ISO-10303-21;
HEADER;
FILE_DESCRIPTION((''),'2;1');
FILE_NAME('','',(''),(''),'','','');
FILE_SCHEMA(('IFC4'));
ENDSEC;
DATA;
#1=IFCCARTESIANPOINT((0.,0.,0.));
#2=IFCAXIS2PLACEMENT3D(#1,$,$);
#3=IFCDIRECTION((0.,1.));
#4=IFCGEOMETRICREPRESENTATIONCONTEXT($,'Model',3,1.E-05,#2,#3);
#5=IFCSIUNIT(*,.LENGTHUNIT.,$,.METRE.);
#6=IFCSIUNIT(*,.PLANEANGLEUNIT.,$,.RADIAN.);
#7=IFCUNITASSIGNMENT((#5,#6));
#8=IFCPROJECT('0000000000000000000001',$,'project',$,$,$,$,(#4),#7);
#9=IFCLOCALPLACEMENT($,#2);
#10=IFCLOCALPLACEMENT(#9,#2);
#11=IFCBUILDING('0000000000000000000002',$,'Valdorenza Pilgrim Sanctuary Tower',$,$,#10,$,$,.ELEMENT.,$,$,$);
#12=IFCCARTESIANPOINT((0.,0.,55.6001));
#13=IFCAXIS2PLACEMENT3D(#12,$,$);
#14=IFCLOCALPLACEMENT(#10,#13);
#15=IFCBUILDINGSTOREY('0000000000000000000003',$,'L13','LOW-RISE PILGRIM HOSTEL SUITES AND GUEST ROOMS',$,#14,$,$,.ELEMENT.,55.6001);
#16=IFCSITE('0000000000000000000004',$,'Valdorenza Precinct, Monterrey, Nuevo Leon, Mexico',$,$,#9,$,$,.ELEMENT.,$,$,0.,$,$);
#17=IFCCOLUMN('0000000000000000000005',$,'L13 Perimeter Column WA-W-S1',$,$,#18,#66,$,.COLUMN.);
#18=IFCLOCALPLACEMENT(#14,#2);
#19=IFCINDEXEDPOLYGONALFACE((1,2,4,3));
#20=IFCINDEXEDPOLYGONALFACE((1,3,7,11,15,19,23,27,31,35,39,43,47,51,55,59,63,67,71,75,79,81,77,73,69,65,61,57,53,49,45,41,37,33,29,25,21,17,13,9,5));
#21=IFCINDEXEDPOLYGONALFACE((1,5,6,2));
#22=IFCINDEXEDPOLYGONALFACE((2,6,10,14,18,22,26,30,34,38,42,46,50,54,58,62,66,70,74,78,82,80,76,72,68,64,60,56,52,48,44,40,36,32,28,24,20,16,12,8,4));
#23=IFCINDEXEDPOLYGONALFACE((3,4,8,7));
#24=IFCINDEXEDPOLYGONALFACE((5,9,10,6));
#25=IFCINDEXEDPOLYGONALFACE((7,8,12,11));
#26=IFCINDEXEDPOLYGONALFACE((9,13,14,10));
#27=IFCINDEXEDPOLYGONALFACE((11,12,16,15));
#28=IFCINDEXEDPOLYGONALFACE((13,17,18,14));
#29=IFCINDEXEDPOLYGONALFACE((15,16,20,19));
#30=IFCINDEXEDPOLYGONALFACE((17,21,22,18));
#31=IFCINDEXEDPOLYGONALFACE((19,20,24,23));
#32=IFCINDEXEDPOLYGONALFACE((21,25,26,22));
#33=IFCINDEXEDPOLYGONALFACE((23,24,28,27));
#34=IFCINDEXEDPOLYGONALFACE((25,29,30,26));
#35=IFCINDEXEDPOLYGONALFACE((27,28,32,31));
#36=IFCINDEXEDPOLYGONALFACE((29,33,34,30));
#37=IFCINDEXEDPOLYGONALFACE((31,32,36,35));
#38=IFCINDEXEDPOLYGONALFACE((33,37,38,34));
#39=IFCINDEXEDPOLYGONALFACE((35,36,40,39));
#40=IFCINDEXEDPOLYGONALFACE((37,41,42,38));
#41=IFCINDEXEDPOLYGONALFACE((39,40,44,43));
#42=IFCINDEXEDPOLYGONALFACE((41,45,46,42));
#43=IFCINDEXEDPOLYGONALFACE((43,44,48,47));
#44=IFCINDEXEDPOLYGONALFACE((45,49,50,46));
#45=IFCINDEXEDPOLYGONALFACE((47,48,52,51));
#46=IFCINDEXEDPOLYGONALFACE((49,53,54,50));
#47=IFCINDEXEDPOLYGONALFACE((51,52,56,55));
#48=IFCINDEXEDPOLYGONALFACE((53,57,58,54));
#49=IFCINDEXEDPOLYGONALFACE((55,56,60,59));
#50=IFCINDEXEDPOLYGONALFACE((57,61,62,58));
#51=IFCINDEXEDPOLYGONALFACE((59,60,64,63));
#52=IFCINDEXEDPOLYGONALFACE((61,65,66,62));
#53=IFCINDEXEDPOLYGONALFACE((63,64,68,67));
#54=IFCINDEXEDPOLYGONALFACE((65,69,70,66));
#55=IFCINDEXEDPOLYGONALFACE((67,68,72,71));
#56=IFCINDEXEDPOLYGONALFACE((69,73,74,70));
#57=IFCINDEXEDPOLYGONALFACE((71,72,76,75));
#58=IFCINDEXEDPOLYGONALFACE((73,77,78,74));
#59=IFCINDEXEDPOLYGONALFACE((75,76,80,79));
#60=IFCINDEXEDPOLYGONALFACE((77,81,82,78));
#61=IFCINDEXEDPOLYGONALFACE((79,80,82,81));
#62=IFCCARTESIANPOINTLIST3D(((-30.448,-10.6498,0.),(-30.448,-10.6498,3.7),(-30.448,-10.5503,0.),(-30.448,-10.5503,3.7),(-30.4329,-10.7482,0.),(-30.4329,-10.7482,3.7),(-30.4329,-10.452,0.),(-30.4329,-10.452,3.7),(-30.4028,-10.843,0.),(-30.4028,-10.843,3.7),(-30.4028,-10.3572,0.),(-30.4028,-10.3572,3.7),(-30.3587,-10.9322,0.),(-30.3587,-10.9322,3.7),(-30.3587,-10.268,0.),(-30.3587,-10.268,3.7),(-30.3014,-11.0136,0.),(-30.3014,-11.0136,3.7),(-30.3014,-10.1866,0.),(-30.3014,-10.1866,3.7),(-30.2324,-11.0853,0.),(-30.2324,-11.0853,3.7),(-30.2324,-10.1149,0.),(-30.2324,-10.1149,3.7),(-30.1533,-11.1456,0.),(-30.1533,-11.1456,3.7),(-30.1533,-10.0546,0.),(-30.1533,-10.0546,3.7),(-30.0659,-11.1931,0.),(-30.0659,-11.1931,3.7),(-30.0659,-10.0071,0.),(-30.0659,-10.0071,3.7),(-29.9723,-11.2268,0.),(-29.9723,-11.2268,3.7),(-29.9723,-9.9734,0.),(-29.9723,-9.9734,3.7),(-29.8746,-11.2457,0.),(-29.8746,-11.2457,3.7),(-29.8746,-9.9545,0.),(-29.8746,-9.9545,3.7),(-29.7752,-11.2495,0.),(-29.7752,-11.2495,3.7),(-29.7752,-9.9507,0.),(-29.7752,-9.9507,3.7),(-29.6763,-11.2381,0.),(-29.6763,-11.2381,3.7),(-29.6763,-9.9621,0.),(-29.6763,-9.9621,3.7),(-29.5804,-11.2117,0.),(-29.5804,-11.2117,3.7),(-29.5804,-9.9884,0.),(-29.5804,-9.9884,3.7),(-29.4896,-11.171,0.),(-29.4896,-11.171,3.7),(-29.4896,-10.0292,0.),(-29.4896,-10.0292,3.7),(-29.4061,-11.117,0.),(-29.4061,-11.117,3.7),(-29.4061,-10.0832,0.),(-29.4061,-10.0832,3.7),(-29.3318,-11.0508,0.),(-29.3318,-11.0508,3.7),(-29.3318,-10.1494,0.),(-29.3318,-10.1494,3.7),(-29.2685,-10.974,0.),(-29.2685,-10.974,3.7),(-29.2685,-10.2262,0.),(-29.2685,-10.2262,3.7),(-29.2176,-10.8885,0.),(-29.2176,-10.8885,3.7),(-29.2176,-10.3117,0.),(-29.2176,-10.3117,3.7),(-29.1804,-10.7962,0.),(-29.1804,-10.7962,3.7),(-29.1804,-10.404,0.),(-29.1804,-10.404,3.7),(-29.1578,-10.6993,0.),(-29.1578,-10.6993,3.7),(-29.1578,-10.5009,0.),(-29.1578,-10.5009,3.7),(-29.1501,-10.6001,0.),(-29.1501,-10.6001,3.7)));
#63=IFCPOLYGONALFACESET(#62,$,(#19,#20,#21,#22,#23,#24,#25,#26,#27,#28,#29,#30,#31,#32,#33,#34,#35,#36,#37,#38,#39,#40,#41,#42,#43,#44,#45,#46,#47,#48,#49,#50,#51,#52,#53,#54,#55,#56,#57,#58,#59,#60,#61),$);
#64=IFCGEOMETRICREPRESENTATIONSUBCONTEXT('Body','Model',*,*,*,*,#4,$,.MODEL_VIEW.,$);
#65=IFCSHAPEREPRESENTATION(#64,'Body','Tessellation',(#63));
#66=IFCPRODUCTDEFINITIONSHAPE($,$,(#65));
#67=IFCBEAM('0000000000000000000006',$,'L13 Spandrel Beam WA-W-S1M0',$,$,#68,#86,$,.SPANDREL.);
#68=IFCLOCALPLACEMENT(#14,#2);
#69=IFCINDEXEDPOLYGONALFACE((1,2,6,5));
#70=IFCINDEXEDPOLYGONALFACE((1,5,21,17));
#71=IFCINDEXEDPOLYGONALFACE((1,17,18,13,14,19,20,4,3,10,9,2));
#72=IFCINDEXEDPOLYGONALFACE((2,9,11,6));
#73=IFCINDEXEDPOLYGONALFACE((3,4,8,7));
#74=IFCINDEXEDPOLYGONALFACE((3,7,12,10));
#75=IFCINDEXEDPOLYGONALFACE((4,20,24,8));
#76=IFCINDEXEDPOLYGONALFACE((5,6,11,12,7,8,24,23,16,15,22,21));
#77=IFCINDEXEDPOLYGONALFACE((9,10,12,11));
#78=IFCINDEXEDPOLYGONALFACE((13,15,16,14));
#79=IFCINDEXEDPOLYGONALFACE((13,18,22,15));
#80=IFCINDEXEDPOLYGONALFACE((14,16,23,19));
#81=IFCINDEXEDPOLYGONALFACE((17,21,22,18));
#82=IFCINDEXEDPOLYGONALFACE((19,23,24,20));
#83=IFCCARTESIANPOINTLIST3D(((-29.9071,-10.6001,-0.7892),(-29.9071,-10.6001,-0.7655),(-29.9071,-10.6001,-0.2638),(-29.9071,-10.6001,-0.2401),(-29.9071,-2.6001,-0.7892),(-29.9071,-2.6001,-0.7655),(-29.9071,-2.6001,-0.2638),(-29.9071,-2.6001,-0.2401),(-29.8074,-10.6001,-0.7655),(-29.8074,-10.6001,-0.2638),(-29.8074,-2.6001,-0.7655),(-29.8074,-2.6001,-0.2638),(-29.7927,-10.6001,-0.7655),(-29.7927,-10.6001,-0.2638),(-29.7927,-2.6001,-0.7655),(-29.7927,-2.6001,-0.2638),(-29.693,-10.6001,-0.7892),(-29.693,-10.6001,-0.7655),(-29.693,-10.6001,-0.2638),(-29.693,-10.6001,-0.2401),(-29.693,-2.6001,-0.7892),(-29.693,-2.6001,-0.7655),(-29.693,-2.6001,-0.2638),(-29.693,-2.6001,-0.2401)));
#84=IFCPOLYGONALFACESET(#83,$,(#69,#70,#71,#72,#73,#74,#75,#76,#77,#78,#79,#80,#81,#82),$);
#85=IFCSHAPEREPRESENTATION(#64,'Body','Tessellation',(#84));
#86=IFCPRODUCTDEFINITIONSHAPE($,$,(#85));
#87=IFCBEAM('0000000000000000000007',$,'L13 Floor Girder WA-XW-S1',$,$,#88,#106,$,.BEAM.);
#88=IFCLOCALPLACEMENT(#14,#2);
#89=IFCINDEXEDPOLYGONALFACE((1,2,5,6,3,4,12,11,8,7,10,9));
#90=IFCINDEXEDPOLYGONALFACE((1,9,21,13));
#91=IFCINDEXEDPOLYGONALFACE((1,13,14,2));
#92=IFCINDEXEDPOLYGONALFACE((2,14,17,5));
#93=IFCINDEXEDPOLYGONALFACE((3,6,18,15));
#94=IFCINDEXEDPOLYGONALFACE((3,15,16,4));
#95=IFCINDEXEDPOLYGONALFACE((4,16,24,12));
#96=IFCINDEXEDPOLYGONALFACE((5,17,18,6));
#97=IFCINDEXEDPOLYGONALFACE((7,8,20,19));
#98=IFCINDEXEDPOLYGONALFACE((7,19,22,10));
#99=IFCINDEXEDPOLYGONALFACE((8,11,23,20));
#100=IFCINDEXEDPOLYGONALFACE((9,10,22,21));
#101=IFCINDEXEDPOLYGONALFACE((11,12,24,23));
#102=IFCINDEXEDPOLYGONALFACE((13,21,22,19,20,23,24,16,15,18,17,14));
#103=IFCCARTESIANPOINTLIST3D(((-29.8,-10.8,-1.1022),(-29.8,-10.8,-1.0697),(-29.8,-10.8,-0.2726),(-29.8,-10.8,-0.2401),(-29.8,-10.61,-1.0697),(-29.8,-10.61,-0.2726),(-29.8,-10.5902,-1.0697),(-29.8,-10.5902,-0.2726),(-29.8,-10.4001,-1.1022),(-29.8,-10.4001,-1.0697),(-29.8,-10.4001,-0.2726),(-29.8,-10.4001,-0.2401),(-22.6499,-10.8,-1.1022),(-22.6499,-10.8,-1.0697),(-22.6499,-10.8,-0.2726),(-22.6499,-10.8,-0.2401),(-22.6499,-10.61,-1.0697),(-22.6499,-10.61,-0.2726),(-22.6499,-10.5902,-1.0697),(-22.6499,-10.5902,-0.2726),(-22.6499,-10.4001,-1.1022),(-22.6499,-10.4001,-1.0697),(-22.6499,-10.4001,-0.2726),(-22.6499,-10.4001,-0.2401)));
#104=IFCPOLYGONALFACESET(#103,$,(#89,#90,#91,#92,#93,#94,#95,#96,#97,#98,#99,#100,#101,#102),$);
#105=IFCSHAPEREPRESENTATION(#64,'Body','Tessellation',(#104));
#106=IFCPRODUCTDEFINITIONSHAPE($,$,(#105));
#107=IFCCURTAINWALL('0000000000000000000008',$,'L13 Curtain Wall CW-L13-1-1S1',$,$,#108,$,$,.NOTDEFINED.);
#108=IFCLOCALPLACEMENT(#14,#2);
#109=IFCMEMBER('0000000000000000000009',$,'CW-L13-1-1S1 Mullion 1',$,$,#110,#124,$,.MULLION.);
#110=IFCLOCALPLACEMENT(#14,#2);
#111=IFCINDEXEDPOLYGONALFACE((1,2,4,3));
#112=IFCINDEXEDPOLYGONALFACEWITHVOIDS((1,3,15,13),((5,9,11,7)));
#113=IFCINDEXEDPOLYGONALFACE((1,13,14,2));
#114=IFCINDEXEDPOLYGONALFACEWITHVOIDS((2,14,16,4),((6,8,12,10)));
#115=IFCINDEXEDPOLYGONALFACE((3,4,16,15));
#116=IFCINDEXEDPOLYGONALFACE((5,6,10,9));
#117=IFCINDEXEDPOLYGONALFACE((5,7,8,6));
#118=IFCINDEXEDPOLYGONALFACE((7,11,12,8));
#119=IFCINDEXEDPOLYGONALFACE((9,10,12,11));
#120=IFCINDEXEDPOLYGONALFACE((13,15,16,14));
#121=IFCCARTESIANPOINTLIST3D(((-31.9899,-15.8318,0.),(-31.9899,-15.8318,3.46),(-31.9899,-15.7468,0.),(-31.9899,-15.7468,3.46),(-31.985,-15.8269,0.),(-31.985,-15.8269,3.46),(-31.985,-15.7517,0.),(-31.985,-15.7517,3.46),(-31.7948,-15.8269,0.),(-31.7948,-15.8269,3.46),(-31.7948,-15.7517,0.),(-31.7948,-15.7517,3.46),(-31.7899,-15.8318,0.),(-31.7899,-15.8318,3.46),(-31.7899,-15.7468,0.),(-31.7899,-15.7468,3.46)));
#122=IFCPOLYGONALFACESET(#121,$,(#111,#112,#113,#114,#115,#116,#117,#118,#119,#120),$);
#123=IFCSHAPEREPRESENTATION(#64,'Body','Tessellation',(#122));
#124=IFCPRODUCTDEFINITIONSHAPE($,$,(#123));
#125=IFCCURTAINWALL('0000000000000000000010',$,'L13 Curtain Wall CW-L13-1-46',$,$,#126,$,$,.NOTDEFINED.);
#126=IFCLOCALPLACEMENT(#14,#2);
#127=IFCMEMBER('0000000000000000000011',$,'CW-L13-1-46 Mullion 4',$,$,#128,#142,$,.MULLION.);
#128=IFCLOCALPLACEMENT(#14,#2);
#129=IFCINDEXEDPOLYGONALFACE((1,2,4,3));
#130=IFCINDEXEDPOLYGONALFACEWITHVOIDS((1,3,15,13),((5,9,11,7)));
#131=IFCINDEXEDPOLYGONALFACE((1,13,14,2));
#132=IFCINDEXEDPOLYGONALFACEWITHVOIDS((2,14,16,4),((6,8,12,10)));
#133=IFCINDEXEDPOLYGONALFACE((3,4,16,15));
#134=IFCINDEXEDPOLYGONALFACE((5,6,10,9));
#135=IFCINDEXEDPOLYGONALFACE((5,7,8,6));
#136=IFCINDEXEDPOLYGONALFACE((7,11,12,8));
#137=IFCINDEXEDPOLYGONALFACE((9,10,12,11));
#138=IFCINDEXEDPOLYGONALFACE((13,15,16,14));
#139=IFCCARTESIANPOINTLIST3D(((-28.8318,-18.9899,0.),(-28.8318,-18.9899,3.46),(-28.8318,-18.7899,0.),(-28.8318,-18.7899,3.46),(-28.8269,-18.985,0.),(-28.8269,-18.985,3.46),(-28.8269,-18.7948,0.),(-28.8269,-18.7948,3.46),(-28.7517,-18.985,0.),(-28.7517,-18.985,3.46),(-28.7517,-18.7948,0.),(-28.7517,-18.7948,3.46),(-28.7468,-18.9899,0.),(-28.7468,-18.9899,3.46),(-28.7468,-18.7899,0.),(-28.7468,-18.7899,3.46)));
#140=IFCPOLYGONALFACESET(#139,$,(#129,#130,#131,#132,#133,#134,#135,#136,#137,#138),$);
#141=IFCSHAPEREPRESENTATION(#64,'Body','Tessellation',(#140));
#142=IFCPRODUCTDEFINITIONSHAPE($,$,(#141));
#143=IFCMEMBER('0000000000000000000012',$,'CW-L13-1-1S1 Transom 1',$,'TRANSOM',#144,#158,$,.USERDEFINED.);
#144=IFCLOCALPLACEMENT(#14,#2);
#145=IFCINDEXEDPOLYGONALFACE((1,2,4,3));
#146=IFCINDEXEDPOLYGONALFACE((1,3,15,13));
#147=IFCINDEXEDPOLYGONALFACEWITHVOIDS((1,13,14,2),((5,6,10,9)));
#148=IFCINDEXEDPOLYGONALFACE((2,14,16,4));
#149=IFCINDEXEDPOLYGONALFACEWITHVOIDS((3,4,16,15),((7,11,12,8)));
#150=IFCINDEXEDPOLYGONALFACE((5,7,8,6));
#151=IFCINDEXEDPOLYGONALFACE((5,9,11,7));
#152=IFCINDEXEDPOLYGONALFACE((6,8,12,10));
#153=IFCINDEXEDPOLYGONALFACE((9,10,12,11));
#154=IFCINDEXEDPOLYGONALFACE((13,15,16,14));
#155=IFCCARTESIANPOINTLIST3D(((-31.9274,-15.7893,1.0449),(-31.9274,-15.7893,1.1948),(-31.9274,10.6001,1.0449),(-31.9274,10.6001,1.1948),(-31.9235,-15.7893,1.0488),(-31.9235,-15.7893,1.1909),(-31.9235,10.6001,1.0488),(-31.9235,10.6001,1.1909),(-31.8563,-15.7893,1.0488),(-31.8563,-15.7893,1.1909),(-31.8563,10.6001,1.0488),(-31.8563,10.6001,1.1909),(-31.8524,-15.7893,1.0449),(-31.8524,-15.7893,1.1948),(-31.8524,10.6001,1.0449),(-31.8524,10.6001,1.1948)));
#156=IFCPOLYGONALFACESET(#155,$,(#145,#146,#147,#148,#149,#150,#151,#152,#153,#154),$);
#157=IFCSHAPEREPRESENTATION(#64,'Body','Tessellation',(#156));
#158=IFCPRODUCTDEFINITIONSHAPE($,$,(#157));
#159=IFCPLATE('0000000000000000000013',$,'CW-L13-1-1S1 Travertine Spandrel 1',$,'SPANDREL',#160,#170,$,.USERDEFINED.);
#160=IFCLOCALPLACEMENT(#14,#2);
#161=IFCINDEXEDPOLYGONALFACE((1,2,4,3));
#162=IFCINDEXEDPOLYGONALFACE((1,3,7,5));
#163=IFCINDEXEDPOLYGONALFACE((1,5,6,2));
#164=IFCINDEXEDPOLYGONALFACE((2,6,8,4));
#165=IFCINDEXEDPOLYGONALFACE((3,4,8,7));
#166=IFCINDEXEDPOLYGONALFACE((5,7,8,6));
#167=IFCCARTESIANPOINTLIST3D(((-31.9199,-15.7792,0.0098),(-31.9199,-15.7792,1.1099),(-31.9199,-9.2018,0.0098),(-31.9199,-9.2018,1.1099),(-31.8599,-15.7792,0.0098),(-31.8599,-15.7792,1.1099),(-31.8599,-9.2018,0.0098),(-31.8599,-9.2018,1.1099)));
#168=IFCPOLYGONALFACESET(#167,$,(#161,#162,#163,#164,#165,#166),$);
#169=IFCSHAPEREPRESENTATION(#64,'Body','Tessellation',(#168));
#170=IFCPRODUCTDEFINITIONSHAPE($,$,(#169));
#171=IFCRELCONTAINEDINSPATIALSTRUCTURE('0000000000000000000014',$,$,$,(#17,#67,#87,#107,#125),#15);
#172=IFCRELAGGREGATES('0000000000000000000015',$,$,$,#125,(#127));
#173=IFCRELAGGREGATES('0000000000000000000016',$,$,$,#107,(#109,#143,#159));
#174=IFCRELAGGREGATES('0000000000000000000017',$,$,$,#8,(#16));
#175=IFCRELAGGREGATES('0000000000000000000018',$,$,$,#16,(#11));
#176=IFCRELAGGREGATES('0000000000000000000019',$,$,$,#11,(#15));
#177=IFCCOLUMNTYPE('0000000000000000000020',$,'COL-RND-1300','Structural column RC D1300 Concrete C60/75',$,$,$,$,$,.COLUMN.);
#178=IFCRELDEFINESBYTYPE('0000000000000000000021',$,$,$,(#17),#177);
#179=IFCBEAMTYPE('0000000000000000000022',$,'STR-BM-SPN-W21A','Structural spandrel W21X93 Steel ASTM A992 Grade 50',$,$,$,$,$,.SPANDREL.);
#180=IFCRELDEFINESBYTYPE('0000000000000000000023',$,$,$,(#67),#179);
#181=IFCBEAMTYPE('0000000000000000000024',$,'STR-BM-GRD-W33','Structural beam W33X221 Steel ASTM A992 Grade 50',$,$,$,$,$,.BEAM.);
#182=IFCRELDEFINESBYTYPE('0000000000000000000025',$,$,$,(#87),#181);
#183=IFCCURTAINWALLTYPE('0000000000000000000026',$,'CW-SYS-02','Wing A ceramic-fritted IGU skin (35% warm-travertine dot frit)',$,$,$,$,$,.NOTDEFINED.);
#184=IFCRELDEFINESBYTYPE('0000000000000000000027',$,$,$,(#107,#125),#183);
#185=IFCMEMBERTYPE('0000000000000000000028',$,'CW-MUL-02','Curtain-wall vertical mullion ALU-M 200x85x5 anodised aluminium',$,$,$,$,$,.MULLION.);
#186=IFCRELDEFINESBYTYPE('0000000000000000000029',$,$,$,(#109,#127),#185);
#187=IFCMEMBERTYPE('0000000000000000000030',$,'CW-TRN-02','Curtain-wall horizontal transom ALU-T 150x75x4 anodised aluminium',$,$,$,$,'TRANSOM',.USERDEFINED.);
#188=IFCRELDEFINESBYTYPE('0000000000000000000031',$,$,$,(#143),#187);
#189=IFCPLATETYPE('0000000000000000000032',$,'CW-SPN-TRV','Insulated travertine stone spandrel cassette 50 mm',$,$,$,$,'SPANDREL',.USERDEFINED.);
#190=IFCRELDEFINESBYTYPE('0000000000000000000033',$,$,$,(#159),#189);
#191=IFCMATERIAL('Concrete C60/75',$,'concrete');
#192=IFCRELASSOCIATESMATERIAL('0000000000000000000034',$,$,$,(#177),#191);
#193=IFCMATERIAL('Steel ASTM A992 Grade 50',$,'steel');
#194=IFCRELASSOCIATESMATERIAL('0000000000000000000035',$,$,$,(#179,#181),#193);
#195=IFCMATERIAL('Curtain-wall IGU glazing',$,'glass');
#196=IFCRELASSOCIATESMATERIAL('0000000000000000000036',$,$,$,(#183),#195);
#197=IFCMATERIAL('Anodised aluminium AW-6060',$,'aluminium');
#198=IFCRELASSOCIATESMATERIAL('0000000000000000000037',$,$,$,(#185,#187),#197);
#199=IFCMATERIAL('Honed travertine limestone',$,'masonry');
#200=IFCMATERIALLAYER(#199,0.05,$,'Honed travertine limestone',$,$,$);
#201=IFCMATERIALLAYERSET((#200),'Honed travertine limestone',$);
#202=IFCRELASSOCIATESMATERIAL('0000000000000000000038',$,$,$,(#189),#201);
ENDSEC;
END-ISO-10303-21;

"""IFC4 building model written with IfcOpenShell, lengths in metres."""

from ifc_helpers import new_model, si_unit, direction, frame, origin, origin_2d, place, context, subcontext, project, spatial, rectangle, hollow_rectangle, circle, i_section, extrude, source, transform, mapped, material, layer, layer_set, material_profile, profile_set, type_object, element, aggregate, save


model = new_model("IFC4")

# Units and contexts
model_context = context("Model", 3, precision=1e-05, world=origin(), true_north=direction((0.0, 1.0)))
body_context = subcontext(model_context, "Body", "Model", "MODEL_VIEW")
ifc_project = project(units=[si_unit("LENGTHUNIT", "METRE"), si_unit("PLANEANGLEUNIT", "RADIAN")], contexts=[model_context])

# Site, building, storey
site_placement = place(None, origin())
site = spatial("IfcSite", under=ifc_project, at=site_placement, Name="Valdorenza Precinct, Monterrey, Nuevo Leon, Mexico", CompositionType="ELEMENT", RefElevation=0.0)
building_placement = place(site_placement, origin())
building = spatial("IfcBuilding", under=site, at=building_placement, Name="Valdorenza Pilgrim Sanctuary Tower", CompositionType="ELEMENT")
storey_placement = place(building_placement, frame((0.0, 0.0, 55.6001)))
storey = spatial("IfcBuildingStorey", under=building, at=storey_placement, Name="L13", Description="LOW-RISE PILGRIM HOSTEL SUITES AND GUEST ROOMS", CompositionType="ELEMENT", Elevation=55.6001)

# Column
ifc_material_1 = material(Name="Concrete C60/75", Category="concrete")
ifc_material_profile_1 = material_profile(ifc_material_1, circle(Radius=0.6499, at=origin_2d()), Name="RC D1300")
ifc_profile_set_1 = profile_set([ifc_material_profile_1], Name="Concrete C60/75")
column_type = type_object("IfcColumnType", Name="COL-RND-1300", Description="Structural column RC D1300 Concrete C60/75", PredefinedType="COLUMN", material=ifc_profile_set_1)
shared_shape_1 = source(origin(), body_context, "Body", "SweptSolid", [
    extrude(circle(Radius=0.6499, at=origin_2d()), origin(), (0.0, 0.0, 1.0), 3.7),
])
column_placement = place(storey_placement, frame((-29.8, -10.6001, 0.0), z_axis=(0.0, 0.0, 1.0), x_axis=(1.0, 0.0, 0.0)))
element("IfcColumn", 1, at=column_placement, inside=storey, type_object=column_type, Name="L13 Perimeter Column WA-W-S1", PredefinedType="COLUMN", context=body_context, shape_type="MappedRepresentation", body=[
    mapped(shared_shape_1, transform((0.0, 0.0, 0.0), x_axis=(1.0, 0.0, 0.0), y_axis=(0.0, 1.0, 0.0), z_axis=(0.0, 0.0, 1.0), scale=1.0)),
])

# Beams
ifc_material_2 = material(Name="Steel ASTM A992 Grade 50", Category="steel")
ifc_material_profile_2 = material_profile(ifc_material_2, i_section(OverallWidth=0.2141, OverallDepth=0.5491, WebThickness=0.0146, FlangeThickness=0.0237, at=origin_2d()), Name="W21X93")
ifc_profile_set_2 = profile_set([ifc_material_profile_2], Name="Steel ASTM A992 Grade 50")
beam_type_1 = type_object("IfcBeamType", Name="STR-BM-SPN-W21A", Description="Structural spandrel W21X93 Steel ASTM A992 Grade 50", PredefinedType="SPANDREL", material=ifc_profile_set_2)
shared_shape_2 = source(origin(), body_context, "Body", "SweptSolid", [
    extrude(i_section(OverallWidth=0.2141, OverallDepth=0.5491, WebThickness=0.0146, FlangeThickness=0.0237, at=origin_2d()), origin(), (0.0, 0.0, 1.0), 8.0),
])
beam_1_placement = place(storey_placement, frame((-29.8, -10.6001, -0.5146), z_axis=(0.0, 1.0, 0.0), x_axis=(-1.0, 0.0, 0.0)))
element("IfcBeam", 2, at=beam_1_placement, inside=storey, type_object=beam_type_1, Name="L13 Spandrel Beam WA-W-S1M0", PredefinedType="SPANDREL", context=body_context, shape_type="MappedRepresentation", body=[
    mapped(shared_shape_2, transform((0.0, 0.0, 0.0), x_axis=(1.0, 0.0, 0.0), y_axis=(0.0, 1.0, 0.0), z_axis=(0.0, 0.0, 1.0), scale=1.0)),
])
ifc_material_profile_3 = material_profile(ifc_material_2, i_section(OverallWidth=0.3999, OverallDepth=0.8621, WebThickness=0.0198, FlangeThickness=0.0325, at=origin_2d()), Name="W33X221")
ifc_profile_set_3 = profile_set([ifc_material_profile_3], Name="Steel ASTM A992 Grade 50")
beam_type_2 = type_object("IfcBeamType", Name="STR-BM-GRD-W33", Description="Structural beam W33X221 Steel ASTM A992 Grade 50", PredefinedType="BEAM", material=ifc_profile_set_3)
shared_shape_3 = source(origin(), body_context, "Body", "SweptSolid", [
    extrude(i_section(OverallWidth=0.3999, OverallDepth=0.8621, WebThickness=0.0198, FlangeThickness=0.0325, at=origin_2d()), origin(), (0.0, 0.0, 1.0), 7.1501),
])
beam_2_placement = place(storey_placement, frame((-29.8, -10.6001, -0.6711), z_axis=(1.0, 0.0, 0.0), x_axis=(0.0, 1.0, 0.0)))
element("IfcBeam", 3, at=beam_2_placement, inside=storey, type_object=beam_type_2, Name="L13 Floor Girder WA-XW-S1", PredefinedType="BEAM", context=body_context, shape_type="MappedRepresentation", body=[
    mapped(shared_shape_3, transform((0.0, 0.0, 0.0), x_axis=(1.0, 0.0, 0.0), y_axis=(0.0, 1.0, 0.0), z_axis=(0.0, 0.0, 1.0), scale=1.0)),
])

# Curtain walls, members
ifc_material_3 = material(Name="Curtain-wall IGU glazing", Category="glass")
curtain_wall_type = type_object("IfcCurtainWallType", Name="CW-SYS-02", Description="Wing A ceramic-fritted IGU skin (35% warm-travertine dot frit)", PredefinedType="NOTDEFINED", material=ifc_material_3)
curtain_wall_1_placement = place(storey_placement, origin())
curtain_wall_1 = element("IfcCurtainWall", 4, at=curtain_wall_1_placement, inside=storey, type_object=curtain_wall_type, Name="L13 Curtain Wall CW-L13-1-1S1", PredefinedType="NOTDEFINED")
ifc_material_4 = material(Name="Anodised aluminium AW-6060", Category="aluminium")
ifc_material_profile_4 = material_profile(ifc_material_4, hollow_rectangle(XDim=0.085, YDim=0.2, WallThickness=0.0049, at=origin_2d()), Name="ALU-M 200x85x5")
ifc_profile_set_4 = profile_set([ifc_material_profile_4], Name="Anodised aluminium AW-6060")
member_type_1 = type_object("IfcMemberType", Name="CW-MUL-02", Description="Curtain-wall vertical mullion ALU-M 200x85x5 anodised aluminium", PredefinedType="MULLION", material=ifc_profile_set_4)
shared_shape_4 = source(origin(), body_context, "Body", "SweptSolid", [
    extrude(hollow_rectangle(XDim=0.085, YDim=0.2, WallThickness=0.0049, at=origin_2d()), origin(), (0.0, 0.0, 1.0), 3.46),
])
member_1_placement = place(storey_placement, frame((-31.8899, -15.7893, 0.0), z_axis=(0.0, 0.0, 1.0), x_axis=(0.0, 1.0, 0.0)))
member_1 = element("IfcMember", 5, at=member_1_placement, type_object=member_type_1, Name="CW-L13-1-1S1 Mullion 1", PredefinedType="MULLION", context=body_context, shape_type="MappedRepresentation", body=[
    mapped(shared_shape_4, transform((0.0, 0.0, 0.0), x_axis=(1.0, 0.0, 0.0), y_axis=(0.0, 1.0, 0.0), z_axis=(0.0, 0.0, 1.0), scale=1.0)),
])
curtain_wall_2_placement = place(storey_placement, origin())
curtain_wall_2 = element("IfcCurtainWall", 6, at=curtain_wall_2_placement, inside=storey, type_object=curtain_wall_type, Name="L13 Curtain Wall CW-L13-1-46", PredefinedType="NOTDEFINED")
member_2_placement = place(storey_placement, frame((-28.7893, -18.8899, 0.0), z_axis=(0.0, 0.0, 1.0), x_axis=(-1.0, 0.0, 0.0)))
member_2 = element("IfcMember", 7, at=member_2_placement, type_object=member_type_1, Name="CW-L13-1-46 Mullion 4", PredefinedType="MULLION", context=body_context, shape_type="MappedRepresentation", body=[
    mapped(shared_shape_4, transform((0.0, 0.0, 0.0), x_axis=(1.0, 0.0, 0.0), y_axis=(0.0, 1.0, 0.0), z_axis=(0.0, 0.0, 1.0), scale=1.0)),
])
aggregate(curtain_wall_2, [member_2])

# Member
ifc_material_profile_5 = material_profile(ifc_material_4, hollow_rectangle(XDim=0.075, YDim=0.1499, WallThickness=0.0039, at=origin_2d()), Name="ALU-T 150x75x4")
ifc_profile_set_5 = profile_set([ifc_material_profile_5], Name="Anodised aluminium AW-6060")
member_type_2 = type_object("IfcMemberType", Name="CW-TRN-02", Description="Curtain-wall horizontal transom ALU-T 150x75x4 anodised aluminium", ElementType="TRANSOM", PredefinedType="USERDEFINED", material=ifc_profile_set_5)
shared_shape_5 = source(origin(), body_context, "Body", "SweptSolid", [
    extrude(hollow_rectangle(XDim=0.075, YDim=0.1499, WallThickness=0.0039, at=origin_2d()), origin(), (0.0, 0.0, 1.0), 26.3894),
])
member_3_placement = place(storey_placement, frame((-31.8899, -15.7893, 1.1199), z_axis=(0.0, 1.0, 0.0), x_axis=(-1.0, 0.0, 0.0)))
member_3 = element("IfcMember", 8, at=member_3_placement, type_object=member_type_2, Name="CW-L13-1-1S1 Transom 1", ObjectType="TRANSOM", PredefinedType="USERDEFINED", context=body_context, shape_type="MappedRepresentation", body=[
    mapped(shared_shape_5, transform((0.0, 0.0, 0.0), x_axis=(1.0, 0.0, 0.0), y_axis=(0.0, 1.0, 0.0), z_axis=(0.0, 0.0, 1.0), scale=1.0)),
])

# Plate
ifc_material_5 = material(Name="Honed travertine limestone", Category="masonry")
ifc_layer_1 = layer(ifc_material_5, 0.05, Name="Honed travertine limestone")
ifc_layer_set_1 = layer_set([ifc_layer_1], Name="Honed travertine limestone")
plate_type_1 = type_object("IfcPlateType", Name="CW-SPN-TRV", Description="Insulated travertine stone spandrel cassette 50 mm", ElementType="SPANDREL", PredefinedType="USERDEFINED", material=ifc_layer_set_1)
shared_shape_6 = source(origin(), body_context, "Body", "SweptSolid", [
    extrude(rectangle(XDim=6.5774, YDim=0.0601, at=origin_2d()), origin(), (0.0, 0.0, 1.0), 1.1001),
])
plate_1_placement = place(storey_placement, frame((-31.8899, -12.4905, 0.0098), z_axis=(0.0, 0.0, 1.0), x_axis=(0.0, 1.0, 0.0)))
plate_1 = element("IfcPlate", 9, at=plate_1_placement, type_object=plate_type_1, Name="CW-L13-1-1S1 Travertine Spandrel 1", ObjectType="SPANDREL", PredefinedType="USERDEFINED", context=body_context, shape_type="MappedRepresentation", body=[
    mapped(shared_shape_6, transform((0.0, 0.0, 0.0), x_axis=(1.0, 0.0, 0.0), y_axis=(0.0, 1.0, 0.0), z_axis=(0.0, 0.0, 1.0), scale=1.0)),
])
aggregate(curtain_wall_1, [member_1, member_3, plate_1])

save(model, "model.ifc")
